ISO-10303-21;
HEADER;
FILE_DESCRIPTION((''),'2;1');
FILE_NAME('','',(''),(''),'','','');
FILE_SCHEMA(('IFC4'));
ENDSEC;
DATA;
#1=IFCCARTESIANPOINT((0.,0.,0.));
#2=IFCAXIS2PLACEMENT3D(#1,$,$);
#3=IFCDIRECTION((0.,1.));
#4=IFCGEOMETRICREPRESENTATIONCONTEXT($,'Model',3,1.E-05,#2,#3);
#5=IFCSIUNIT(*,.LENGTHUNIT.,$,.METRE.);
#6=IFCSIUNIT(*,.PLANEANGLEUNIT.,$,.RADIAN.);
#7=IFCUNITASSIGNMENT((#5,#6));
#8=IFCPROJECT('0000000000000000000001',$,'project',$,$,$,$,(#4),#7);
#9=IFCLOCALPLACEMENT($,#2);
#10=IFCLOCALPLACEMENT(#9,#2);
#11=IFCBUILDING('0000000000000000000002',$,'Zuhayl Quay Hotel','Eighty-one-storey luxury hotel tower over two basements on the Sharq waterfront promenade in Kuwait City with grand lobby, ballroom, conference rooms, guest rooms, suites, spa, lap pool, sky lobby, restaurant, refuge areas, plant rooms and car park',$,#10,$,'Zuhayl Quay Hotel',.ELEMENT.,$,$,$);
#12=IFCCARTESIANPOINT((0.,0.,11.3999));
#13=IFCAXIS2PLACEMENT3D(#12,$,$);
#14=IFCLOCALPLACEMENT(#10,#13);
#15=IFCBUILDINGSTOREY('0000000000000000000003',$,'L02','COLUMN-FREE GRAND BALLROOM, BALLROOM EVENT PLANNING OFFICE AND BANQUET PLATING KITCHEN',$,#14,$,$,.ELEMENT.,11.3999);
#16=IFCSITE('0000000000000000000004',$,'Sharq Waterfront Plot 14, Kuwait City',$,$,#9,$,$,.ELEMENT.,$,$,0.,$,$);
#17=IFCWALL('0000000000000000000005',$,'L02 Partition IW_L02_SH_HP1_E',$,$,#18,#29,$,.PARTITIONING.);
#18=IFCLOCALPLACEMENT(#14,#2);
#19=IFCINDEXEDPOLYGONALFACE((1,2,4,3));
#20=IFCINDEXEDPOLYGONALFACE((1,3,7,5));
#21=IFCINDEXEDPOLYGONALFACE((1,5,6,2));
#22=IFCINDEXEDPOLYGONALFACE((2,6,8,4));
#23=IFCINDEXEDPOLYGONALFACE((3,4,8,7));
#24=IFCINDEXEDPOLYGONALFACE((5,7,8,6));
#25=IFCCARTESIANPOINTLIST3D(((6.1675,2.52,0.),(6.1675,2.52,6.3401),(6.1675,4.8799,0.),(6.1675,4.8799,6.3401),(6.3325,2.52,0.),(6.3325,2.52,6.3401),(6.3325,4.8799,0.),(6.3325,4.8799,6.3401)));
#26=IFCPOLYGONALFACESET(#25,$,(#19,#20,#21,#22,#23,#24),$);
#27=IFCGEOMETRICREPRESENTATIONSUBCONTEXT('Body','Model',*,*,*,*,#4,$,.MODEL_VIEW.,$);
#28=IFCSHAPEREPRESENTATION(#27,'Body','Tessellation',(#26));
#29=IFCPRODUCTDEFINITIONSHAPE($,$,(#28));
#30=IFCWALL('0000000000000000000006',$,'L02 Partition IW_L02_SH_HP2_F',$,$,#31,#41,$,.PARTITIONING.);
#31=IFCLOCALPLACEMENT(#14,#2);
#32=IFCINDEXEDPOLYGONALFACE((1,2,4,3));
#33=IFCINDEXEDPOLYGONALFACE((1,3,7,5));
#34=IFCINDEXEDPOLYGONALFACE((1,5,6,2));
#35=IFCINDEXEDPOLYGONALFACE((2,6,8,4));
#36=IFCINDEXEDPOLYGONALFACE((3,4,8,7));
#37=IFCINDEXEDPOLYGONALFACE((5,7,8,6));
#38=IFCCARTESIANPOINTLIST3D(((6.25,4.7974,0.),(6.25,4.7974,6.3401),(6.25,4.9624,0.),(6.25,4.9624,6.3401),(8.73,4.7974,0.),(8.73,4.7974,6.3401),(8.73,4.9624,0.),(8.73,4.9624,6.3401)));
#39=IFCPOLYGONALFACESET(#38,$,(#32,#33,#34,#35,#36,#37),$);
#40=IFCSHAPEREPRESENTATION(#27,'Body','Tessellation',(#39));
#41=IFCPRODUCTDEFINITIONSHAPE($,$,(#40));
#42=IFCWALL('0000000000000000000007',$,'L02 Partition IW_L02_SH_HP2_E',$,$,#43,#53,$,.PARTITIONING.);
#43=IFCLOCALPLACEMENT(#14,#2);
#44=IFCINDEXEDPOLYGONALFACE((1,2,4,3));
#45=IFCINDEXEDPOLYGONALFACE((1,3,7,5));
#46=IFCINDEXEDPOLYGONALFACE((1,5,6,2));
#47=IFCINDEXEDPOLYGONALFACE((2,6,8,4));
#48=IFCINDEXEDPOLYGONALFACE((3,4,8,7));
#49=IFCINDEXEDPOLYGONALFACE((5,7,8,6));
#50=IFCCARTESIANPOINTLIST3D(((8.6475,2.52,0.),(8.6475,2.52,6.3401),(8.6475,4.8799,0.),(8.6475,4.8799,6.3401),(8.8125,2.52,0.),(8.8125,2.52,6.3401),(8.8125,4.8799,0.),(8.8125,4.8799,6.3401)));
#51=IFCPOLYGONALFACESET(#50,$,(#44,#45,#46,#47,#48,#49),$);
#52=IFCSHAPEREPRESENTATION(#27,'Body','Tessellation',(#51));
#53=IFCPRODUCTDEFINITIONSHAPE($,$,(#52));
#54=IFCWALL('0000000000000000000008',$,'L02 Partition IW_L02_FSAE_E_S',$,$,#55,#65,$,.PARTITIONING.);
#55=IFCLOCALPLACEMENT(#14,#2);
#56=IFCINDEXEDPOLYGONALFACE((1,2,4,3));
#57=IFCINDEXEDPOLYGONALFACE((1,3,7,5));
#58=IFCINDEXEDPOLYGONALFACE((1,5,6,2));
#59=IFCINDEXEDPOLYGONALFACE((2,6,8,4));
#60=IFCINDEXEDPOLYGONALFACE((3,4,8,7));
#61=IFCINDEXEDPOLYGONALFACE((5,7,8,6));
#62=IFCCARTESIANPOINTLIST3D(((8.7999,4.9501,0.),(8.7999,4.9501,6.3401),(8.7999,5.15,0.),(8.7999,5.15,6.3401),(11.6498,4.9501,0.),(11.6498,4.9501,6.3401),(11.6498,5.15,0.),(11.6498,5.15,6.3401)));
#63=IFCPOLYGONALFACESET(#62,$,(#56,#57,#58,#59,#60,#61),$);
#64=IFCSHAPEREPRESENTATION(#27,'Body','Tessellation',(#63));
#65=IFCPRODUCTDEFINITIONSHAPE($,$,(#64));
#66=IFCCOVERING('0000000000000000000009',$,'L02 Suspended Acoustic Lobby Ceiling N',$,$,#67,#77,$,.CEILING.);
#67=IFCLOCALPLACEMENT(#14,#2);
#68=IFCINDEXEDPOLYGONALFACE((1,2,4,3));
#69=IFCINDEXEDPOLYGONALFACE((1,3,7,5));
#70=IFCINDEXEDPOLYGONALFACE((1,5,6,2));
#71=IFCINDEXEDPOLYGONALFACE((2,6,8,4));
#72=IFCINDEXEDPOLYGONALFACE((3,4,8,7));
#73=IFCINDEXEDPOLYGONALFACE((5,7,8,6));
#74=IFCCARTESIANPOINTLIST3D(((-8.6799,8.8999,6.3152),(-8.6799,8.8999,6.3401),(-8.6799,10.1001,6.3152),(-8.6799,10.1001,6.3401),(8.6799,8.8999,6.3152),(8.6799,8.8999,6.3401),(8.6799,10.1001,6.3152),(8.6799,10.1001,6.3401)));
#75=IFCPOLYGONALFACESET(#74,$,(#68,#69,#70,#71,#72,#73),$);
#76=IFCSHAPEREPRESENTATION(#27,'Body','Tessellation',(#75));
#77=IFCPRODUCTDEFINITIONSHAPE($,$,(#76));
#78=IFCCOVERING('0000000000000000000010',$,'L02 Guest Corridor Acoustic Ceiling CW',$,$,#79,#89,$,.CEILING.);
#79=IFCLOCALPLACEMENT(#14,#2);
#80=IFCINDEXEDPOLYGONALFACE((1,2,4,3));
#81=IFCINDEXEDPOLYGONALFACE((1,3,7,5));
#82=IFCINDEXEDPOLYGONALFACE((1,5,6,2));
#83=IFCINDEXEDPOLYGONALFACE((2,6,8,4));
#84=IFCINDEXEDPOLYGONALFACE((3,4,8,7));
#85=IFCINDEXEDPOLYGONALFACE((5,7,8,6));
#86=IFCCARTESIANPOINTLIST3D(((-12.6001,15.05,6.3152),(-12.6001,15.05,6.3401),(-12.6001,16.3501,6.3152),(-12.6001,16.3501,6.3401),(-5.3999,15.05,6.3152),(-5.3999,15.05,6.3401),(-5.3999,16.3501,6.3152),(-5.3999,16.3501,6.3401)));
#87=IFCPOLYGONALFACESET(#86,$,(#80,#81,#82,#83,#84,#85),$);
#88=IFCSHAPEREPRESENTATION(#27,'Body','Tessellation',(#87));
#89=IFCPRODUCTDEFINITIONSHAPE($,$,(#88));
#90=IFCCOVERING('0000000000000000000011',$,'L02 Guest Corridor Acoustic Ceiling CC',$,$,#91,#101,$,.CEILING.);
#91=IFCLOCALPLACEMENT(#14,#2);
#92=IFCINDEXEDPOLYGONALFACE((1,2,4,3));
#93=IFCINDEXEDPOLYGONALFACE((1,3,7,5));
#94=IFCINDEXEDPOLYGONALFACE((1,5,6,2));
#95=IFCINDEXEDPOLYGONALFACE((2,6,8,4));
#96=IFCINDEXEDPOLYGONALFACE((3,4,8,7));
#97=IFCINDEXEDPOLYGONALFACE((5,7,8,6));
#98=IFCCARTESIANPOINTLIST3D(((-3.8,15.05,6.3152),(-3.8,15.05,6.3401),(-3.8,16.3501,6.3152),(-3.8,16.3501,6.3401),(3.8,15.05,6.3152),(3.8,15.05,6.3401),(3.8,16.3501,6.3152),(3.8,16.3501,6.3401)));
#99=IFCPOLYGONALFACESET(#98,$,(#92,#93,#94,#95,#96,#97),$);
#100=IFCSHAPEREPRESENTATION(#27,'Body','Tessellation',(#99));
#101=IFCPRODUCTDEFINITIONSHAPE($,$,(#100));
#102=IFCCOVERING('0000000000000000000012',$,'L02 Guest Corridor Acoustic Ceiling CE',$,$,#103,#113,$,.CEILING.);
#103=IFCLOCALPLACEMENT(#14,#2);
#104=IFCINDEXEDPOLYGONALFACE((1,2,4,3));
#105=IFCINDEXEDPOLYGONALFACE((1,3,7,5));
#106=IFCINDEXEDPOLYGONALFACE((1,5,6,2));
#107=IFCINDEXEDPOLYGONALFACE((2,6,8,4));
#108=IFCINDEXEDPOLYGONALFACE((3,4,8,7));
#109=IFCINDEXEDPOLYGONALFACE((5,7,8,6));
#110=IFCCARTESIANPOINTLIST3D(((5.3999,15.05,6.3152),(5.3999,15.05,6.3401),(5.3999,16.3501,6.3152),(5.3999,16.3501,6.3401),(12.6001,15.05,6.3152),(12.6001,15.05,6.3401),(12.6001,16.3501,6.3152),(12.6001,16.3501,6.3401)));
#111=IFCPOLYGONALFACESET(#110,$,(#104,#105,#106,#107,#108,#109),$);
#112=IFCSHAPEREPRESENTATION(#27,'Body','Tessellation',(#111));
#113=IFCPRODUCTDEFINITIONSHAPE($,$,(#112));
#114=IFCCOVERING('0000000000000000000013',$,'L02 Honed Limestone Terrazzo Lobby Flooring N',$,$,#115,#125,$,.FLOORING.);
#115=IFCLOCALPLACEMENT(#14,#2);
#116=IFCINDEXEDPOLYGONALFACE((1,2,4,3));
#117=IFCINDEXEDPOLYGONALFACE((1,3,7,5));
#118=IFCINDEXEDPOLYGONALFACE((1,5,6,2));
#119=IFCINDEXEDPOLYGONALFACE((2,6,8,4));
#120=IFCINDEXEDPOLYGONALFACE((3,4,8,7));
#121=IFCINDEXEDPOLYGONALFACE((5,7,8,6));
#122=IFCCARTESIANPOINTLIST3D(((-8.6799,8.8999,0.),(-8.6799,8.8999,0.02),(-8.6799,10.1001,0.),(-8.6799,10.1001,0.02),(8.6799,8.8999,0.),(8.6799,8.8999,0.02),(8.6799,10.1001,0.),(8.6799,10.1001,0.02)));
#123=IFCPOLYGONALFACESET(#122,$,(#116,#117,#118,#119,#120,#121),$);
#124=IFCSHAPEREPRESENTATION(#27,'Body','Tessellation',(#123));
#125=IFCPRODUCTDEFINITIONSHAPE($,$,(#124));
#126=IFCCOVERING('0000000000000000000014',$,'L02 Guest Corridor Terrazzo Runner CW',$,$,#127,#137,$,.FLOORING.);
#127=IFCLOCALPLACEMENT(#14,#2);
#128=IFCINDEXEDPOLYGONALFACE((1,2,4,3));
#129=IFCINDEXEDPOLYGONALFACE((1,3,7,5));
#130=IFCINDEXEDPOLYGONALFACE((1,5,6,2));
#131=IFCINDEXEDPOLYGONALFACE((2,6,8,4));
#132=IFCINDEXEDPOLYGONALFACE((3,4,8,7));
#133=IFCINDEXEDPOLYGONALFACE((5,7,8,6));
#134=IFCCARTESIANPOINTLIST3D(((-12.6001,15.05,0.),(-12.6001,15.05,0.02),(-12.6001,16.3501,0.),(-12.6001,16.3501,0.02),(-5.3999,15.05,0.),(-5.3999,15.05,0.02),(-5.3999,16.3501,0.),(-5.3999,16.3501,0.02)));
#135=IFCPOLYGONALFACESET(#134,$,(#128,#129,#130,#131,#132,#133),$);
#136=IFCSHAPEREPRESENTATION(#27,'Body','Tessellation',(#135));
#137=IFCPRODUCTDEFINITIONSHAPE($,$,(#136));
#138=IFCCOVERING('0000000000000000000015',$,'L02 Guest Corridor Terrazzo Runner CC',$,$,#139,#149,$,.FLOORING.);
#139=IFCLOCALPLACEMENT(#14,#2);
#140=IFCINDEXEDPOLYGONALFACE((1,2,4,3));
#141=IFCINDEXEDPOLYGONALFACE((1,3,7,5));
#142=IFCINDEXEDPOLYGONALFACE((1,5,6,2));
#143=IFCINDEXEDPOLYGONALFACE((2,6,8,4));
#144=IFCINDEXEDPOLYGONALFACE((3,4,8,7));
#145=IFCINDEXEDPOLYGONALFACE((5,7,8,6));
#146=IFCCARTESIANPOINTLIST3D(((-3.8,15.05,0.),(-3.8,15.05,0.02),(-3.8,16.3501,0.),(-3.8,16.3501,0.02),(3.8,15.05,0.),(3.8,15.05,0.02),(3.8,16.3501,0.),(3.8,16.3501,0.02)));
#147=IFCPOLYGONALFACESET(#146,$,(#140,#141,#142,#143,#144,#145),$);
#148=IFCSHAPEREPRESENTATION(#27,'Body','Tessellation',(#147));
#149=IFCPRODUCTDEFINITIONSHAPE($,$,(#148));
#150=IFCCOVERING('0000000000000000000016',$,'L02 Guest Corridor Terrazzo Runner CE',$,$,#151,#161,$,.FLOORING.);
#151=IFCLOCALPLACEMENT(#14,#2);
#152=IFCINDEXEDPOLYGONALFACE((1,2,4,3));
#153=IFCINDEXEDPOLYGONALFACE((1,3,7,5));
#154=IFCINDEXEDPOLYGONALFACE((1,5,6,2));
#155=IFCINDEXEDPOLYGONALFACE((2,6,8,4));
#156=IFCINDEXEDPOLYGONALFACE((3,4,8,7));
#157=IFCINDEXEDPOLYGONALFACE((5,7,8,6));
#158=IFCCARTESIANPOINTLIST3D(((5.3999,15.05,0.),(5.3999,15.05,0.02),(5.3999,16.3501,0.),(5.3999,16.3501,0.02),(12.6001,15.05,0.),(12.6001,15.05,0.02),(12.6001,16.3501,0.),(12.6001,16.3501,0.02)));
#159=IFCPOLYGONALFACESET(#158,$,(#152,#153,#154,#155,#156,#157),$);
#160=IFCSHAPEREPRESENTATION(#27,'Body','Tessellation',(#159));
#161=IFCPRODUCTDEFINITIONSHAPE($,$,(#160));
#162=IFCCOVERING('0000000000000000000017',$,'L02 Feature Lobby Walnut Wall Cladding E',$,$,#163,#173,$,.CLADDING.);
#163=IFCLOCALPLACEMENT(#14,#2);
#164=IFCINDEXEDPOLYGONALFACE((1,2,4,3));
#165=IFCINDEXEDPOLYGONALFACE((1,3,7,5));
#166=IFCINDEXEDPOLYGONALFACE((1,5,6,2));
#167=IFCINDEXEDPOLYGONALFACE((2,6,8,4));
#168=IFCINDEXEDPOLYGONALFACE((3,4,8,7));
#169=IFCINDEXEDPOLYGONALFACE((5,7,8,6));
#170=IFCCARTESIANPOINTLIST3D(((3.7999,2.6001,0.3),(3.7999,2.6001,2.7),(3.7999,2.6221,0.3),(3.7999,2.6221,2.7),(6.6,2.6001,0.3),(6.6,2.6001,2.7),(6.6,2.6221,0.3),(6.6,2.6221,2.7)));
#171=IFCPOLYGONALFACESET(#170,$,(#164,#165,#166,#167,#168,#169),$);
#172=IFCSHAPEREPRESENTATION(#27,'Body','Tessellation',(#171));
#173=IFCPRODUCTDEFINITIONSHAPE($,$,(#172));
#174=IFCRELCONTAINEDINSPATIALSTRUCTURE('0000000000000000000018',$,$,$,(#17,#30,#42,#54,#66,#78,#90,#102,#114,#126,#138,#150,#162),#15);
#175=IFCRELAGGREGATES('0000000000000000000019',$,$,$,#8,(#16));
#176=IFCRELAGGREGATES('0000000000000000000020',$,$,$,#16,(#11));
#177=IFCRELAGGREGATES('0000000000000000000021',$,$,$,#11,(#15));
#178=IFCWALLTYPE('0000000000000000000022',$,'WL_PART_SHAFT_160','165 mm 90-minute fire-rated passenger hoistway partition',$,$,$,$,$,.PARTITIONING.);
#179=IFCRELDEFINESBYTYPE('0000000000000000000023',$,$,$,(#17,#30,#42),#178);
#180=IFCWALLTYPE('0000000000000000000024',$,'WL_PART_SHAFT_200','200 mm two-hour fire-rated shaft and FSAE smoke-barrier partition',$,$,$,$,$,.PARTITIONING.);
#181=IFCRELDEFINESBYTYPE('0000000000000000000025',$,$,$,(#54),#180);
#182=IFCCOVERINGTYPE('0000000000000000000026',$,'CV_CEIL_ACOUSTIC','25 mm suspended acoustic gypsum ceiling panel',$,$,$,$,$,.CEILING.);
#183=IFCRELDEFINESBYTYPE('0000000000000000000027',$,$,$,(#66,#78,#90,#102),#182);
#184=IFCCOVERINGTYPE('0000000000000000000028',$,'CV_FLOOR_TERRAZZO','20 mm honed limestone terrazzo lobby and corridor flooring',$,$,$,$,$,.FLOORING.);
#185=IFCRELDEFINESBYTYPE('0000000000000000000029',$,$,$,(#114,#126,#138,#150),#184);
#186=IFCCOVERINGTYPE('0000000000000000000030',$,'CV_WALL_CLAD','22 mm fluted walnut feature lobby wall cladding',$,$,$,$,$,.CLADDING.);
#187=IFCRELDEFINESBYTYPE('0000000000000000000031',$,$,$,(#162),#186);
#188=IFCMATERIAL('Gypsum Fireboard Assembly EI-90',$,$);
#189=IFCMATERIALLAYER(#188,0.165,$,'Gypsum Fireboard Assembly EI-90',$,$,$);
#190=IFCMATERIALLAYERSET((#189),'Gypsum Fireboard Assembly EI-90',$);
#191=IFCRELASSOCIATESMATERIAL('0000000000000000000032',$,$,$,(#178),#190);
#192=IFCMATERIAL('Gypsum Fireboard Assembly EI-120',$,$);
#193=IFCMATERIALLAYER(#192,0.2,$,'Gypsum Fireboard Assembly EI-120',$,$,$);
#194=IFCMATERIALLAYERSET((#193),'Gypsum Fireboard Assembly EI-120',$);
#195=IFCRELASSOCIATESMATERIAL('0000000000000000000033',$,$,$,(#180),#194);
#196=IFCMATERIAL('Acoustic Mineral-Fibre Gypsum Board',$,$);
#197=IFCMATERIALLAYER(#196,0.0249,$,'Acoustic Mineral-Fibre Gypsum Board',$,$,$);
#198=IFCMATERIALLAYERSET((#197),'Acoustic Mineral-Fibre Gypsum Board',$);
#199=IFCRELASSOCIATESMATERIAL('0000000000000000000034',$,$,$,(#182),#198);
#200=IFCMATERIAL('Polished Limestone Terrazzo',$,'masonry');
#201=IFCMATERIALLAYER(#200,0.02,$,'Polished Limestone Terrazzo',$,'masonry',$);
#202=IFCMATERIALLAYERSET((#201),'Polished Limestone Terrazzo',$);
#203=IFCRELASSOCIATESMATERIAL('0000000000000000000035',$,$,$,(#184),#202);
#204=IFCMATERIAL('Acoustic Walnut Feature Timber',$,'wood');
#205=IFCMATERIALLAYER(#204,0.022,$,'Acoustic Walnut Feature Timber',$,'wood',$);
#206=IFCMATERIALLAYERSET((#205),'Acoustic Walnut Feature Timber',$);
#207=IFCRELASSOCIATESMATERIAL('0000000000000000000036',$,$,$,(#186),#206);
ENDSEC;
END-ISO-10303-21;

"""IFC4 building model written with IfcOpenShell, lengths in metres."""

from ifc_helpers import new_model, si_unit, direction, frame, frame_2d, origin, origin_2d, place, context, subcontext, project, spatial, polyline, rectangle, outline, extrude, material, layer, layer_set, type_object, element, save


model = new_model("IFC4")

# Units and contexts
model_context = context("Model", 3, precision=1e-05, world=origin(), true_north=direction((0.0, 1.0)))
body_context = subcontext(model_context, "Body", "Model", "MODEL_VIEW")
ifc_project = project(units=[si_unit("LENGTHUNIT", "METRE"), si_unit("PLANEANGLEUNIT", "RADIAN")], contexts=[model_context])

# Site, building, storey
site_placement = place(None, origin())
site = spatial("IfcSite", under=ifc_project, at=site_placement, Name="Sharq Waterfront Plot 14, Kuwait City", CompositionType="ELEMENT", RefElevation=0.0)
building_placement = place(site_placement, origin())
building = spatial("IfcBuilding", under=site, at=building_placement, Name="Zuhayl Quay Hotel", Description="Eighty-one-storey luxury hotel tower over two basements on the Sharq waterfront promenade in Kuwait City with grand lobby, ballroom, conference rooms, guest rooms, suites, spa, lap pool, sky lobby, restaurant, refuge areas, plant rooms and car park", LongName="Zuhayl Quay Hotel", CompositionType="ELEMENT")
storey_placement = place(building_placement, frame((0.0, 0.0, 11.3999)))
storey = spatial("IfcBuildingStorey", under=building, at=storey_placement, Name="L02", Description="COLUMN-FREE GRAND BALLROOM, BALLROOM EVENT PLANNING OFFICE AND BANQUET PLATING KITCHEN", CompositionType="ELEMENT", Elevation=11.3999)

# Shared definitions
ifc_material_1 = material(Name="Gypsum Fireboard Assembly EI-90")
ifc_layer_1 = layer(ifc_material_1, 0.165, Name="Gypsum Fireboard Assembly EI-90")
ifc_layer_set_1 = layer_set([ifc_layer_1], Name="Gypsum Fireboard Assembly EI-90")
wall_type_1 = type_object("IfcWallType", Name="WL_PART_SHAFT_160", Description="165 mm 90-minute fire-rated passenger hoistway partition", PredefinedType="PARTITIONING", material=ifc_layer_set_1)

# Walls
wall_1_placement = place(storey_placement, frame((6.25, 2.52, 0.0), z_axis=(0.0, 0.0, 1.0), x_axis=(0.0, 1.0, 0.0)))
element("IfcWall", 1, at=wall_1_placement, inside=storey, type_object=wall_type_1, Name="L02 Partition IW_L02_SH_HP1_E", PredefinedType="PARTITIONING", context=body_context, shape_type="SweptSolid", body=[
    extrude(rectangle(XDim=2.3599, YDim=0.165, at=frame_2d((1.1799, 0.0))), origin(), (0.0, 0.0, 1.0), 6.3401),
])
wall_2_placement = place(storey_placement, frame((6.25, 4.8799, 0.0), z_axis=(0.0, 0.0, 1.0), x_axis=(1.0, 0.0, 0.0)))
element("IfcWall", 2, at=wall_2_placement, inside=storey, type_object=wall_type_1, Name="L02 Partition IW_L02_SH_HP2_F", PredefinedType="PARTITIONING", context=body_context, shape_type="SweptSolid", body=[
    extrude(rectangle(XDim=2.48, YDim=0.165, at=frame_2d((1.24, 0.0))), origin(), (0.0, 0.0, 1.0), 6.3401),
])
wall_3_placement = place(storey_placement, frame((8.73, 2.52, 0.0), z_axis=(0.0, 0.0, 1.0), x_axis=(0.0, 1.0, 0.0)))
element("IfcWall", 3, at=wall_3_placement, inside=storey, type_object=wall_type_1, Name="L02 Partition IW_L02_SH_HP2_E", PredefinedType="PARTITIONING", context=body_context, shape_type="SweptSolid", body=[
    extrude(rectangle(XDim=2.3599, YDim=0.165, at=frame_2d((1.1799, 0.0))), origin(), (0.0, 0.0, 1.0), 6.3401),
])
ifc_material_2 = material(Name="Gypsum Fireboard Assembly EI-120")
ifc_layer_2 = layer(ifc_material_2, 0.2, Name="Gypsum Fireboard Assembly EI-120")
ifc_layer_set_2 = layer_set([ifc_layer_2], Name="Gypsum Fireboard Assembly EI-120")
wall_type_2 = type_object("IfcWallType", Name="WL_PART_SHAFT_200", Description="200 mm two-hour fire-rated shaft and FSAE smoke-barrier partition", PredefinedType="PARTITIONING", material=ifc_layer_set_2)
wall_4_placement = place(storey_placement, frame((8.8, 5.05, 0.0), z_axis=(0.0, 0.0, 1.0), x_axis=(1.0, 0.0, 0.0)))
element("IfcWall", 4, at=wall_4_placement, inside=storey, type_object=wall_type_2, Name="L02 Partition IW_L02_FSAE_E_S", PredefinedType="PARTITIONING", context=body_context, shape_type="SweptSolid", body=[
    extrude(rectangle(XDim=2.8499, YDim=0.2, at=frame_2d((1.4248, 0.0))), origin(), (0.0, 0.0, 1.0), 6.3401),
])

# Coverings
ifc_material_3 = material(Name="Acoustic Mineral-Fibre Gypsum Board")
ifc_layer_3 = layer(ifc_material_3, 0.0249, Name="Acoustic Mineral-Fibre Gypsum Board")
ifc_layer_set_3 = layer_set([ifc_layer_3], Name="Acoustic Mineral-Fibre Gypsum Board")
covering_type_1 = type_object("IfcCoveringType", Name="CV_CEIL_ACOUSTIC", Description="25 mm suspended acoustic gypsum ceiling panel", PredefinedType="CEILING", material=ifc_layer_set_3)
covering_1_placement = place(storey_placement, frame((0.0, 0.0, 6.3152)))
element("IfcCovering", 5, at=covering_1_placement, inside=storey, type_object=covering_type_1, Name="L02 Suspended Acoustic Lobby Ceiling N", PredefinedType="CEILING", context=body_context, shape_type="SweptSolid", body=[
    extrude(outline(polyline([(-8.6799, 8.8999), (8.6799, 8.8999), (8.6799, 10.1001), (-8.6799, 10.1001), (-8.6799, 8.8999)])), origin(), (0.0, 0.0, 1.0), 0.0249),
])
covering_2_placement = place(storey_placement, frame((0.0, 0.0, 6.3152)))
element("IfcCovering", 6, at=covering_2_placement, inside=storey, type_object=covering_type_1, Name="L02 Guest Corridor Acoustic Ceiling CW", PredefinedType="CEILING", context=body_context, shape_type="SweptSolid", body=[
    extrude(outline(polyline([(-12.6001, 15.05), (-5.3999, 15.05), (-5.3999, 16.3501), (-12.6001, 16.3501), (-12.6001, 15.05)])), origin(), (0.0, 0.0, 1.0), 0.0249),
])
covering_3_placement = place(storey_placement, frame((0.0, 0.0, 6.3152)))
element("IfcCovering", 7, at=covering_3_placement, inside=storey, type_object=covering_type_1, Name="L02 Guest Corridor Acoustic Ceiling CC", PredefinedType="CEILING", context=body_context, shape_type="SweptSolid", body=[
    extrude(outline(polyline([(-3.8, 15.05), (3.8, 15.05), (3.8, 16.3501), (-3.8, 16.3501), (-3.8, 15.05)])), origin(), (0.0, 0.0, 1.0), 0.0249),
])
covering_4_placement = place(storey_placement, frame((0.0, 0.0, 6.3152)))
element("IfcCovering", 8, at=covering_4_placement, inside=storey, type_object=covering_type_1, Name="L02 Guest Corridor Acoustic Ceiling CE", PredefinedType="CEILING", context=body_context, shape_type="SweptSolid", body=[
    extrude(outline(polyline([(5.3999, 15.05), (12.6001, 15.05), (12.6001, 16.3501), (5.3999, 16.3501), (5.3999, 15.05)])), origin(), (0.0, 0.0, 1.0), 0.0249),
])
ifc_material_4 = material(Name="Polished Limestone Terrazzo", Category="masonry")
ifc_layer_4 = layer(ifc_material_4, 0.02, Name="Polished Limestone Terrazzo", Category="masonry")
ifc_layer_set_4 = layer_set([ifc_layer_4], Name="Polished Limestone Terrazzo")
covering_type_2 = type_object("IfcCoveringType", Name="CV_FLOOR_TERRAZZO", Description="20 mm honed limestone terrazzo lobby and corridor flooring", PredefinedType="FLOORING", material=ifc_layer_set_4)
covering_5_placement = place(storey_placement, origin())
element("IfcCovering", 9, at=covering_5_placement, inside=storey, type_object=covering_type_2, Name="L02 Honed Limestone Terrazzo Lobby Flooring N", PredefinedType="FLOORING", context=body_context, shape_type="SweptSolid", body=[
    extrude(outline(polyline([(-8.6799, 8.8999), (8.6799, 8.8999), (8.6799, 10.1001), (-8.6799, 10.1001), (-8.6799, 8.8999)])), origin(), (0.0, 0.0, 1.0), 0.02),
])
covering_6_placement = place(storey_placement, origin())
element("IfcCovering", 10, at=covering_6_placement, inside=storey, type_object=covering_type_2, Name="L02 Guest Corridor Terrazzo Runner CW", PredefinedType="FLOORING", context=body_context, shape_type="SweptSolid", body=[
    extrude(outline(polyline([(-12.6001, 15.05), (-5.3999, 15.05), (-5.3999, 16.3501), (-12.6001, 16.3501), (-12.6001, 15.05)])), origin(), (0.0, 0.0, 1.0), 0.02),
])
covering_7_placement = place(storey_placement, origin())
element("IfcCovering", 11, at=covering_7_placement, inside=storey, type_object=covering_type_2, Name="L02 Guest Corridor Terrazzo Runner CC", PredefinedType="FLOORING", context=body_context, shape_type="SweptSolid", body=[
    extrude(outline(polyline([(-3.8, 15.05), (3.8, 15.05), (3.8, 16.3501), (-3.8, 16.3501), (-3.8, 15.05)])), origin(), (0.0, 0.0, 1.0), 0.02),
])
covering_8_placement = place(storey_placement, origin())
element("IfcCovering", 12, at=covering_8_placement, inside=storey, type_object=covering_type_2, Name="L02 Guest Corridor Terrazzo Runner CE", PredefinedType="FLOORING", context=body_context, shape_type="SweptSolid", body=[
    extrude(outline(polyline([(5.3999, 15.05), (12.6001, 15.05), (12.6001, 16.3501), (5.3999, 16.3501), (5.3999, 15.05)])), origin(), (0.0, 0.0, 1.0), 0.02),
])
ifc_material_5 = material(Name="Acoustic Walnut Feature Timber", Category="wood")
ifc_layer_5 = layer(ifc_material_5, 0.022, Name="Acoustic Walnut Feature Timber", Category="wood")
ifc_layer_set_5 = layer_set([ifc_layer_5], Name="Acoustic Walnut Feature Timber")
covering_type_3 = type_object("IfcCoveringType", Name="CV_WALL_CLAD", Description="22 mm fluted walnut feature lobby wall cladding", PredefinedType="CLADDING", material=ifc_layer_set_5)
covering_9_placement = place(storey_placement, frame((5.2, 2.6111, 0.3), z_axis=(0.0, 0.0, 1.0), x_axis=(1.0, 0.0, 0.0)))
element("IfcCovering", 13, at=covering_9_placement, inside=storey, type_object=covering_type_3, Name="L02 Feature Lobby Walnut Wall Cladding E", PredefinedType="CLADDING", context=body_context, shape_type="SweptSolid", body=[
    extrude(rectangle(XDim=2.8, YDim=0.022, at=origin_2d()), origin(), (0.0, 0.0, 1.0), 2.3999),
])

save(model, "model.ifc")
